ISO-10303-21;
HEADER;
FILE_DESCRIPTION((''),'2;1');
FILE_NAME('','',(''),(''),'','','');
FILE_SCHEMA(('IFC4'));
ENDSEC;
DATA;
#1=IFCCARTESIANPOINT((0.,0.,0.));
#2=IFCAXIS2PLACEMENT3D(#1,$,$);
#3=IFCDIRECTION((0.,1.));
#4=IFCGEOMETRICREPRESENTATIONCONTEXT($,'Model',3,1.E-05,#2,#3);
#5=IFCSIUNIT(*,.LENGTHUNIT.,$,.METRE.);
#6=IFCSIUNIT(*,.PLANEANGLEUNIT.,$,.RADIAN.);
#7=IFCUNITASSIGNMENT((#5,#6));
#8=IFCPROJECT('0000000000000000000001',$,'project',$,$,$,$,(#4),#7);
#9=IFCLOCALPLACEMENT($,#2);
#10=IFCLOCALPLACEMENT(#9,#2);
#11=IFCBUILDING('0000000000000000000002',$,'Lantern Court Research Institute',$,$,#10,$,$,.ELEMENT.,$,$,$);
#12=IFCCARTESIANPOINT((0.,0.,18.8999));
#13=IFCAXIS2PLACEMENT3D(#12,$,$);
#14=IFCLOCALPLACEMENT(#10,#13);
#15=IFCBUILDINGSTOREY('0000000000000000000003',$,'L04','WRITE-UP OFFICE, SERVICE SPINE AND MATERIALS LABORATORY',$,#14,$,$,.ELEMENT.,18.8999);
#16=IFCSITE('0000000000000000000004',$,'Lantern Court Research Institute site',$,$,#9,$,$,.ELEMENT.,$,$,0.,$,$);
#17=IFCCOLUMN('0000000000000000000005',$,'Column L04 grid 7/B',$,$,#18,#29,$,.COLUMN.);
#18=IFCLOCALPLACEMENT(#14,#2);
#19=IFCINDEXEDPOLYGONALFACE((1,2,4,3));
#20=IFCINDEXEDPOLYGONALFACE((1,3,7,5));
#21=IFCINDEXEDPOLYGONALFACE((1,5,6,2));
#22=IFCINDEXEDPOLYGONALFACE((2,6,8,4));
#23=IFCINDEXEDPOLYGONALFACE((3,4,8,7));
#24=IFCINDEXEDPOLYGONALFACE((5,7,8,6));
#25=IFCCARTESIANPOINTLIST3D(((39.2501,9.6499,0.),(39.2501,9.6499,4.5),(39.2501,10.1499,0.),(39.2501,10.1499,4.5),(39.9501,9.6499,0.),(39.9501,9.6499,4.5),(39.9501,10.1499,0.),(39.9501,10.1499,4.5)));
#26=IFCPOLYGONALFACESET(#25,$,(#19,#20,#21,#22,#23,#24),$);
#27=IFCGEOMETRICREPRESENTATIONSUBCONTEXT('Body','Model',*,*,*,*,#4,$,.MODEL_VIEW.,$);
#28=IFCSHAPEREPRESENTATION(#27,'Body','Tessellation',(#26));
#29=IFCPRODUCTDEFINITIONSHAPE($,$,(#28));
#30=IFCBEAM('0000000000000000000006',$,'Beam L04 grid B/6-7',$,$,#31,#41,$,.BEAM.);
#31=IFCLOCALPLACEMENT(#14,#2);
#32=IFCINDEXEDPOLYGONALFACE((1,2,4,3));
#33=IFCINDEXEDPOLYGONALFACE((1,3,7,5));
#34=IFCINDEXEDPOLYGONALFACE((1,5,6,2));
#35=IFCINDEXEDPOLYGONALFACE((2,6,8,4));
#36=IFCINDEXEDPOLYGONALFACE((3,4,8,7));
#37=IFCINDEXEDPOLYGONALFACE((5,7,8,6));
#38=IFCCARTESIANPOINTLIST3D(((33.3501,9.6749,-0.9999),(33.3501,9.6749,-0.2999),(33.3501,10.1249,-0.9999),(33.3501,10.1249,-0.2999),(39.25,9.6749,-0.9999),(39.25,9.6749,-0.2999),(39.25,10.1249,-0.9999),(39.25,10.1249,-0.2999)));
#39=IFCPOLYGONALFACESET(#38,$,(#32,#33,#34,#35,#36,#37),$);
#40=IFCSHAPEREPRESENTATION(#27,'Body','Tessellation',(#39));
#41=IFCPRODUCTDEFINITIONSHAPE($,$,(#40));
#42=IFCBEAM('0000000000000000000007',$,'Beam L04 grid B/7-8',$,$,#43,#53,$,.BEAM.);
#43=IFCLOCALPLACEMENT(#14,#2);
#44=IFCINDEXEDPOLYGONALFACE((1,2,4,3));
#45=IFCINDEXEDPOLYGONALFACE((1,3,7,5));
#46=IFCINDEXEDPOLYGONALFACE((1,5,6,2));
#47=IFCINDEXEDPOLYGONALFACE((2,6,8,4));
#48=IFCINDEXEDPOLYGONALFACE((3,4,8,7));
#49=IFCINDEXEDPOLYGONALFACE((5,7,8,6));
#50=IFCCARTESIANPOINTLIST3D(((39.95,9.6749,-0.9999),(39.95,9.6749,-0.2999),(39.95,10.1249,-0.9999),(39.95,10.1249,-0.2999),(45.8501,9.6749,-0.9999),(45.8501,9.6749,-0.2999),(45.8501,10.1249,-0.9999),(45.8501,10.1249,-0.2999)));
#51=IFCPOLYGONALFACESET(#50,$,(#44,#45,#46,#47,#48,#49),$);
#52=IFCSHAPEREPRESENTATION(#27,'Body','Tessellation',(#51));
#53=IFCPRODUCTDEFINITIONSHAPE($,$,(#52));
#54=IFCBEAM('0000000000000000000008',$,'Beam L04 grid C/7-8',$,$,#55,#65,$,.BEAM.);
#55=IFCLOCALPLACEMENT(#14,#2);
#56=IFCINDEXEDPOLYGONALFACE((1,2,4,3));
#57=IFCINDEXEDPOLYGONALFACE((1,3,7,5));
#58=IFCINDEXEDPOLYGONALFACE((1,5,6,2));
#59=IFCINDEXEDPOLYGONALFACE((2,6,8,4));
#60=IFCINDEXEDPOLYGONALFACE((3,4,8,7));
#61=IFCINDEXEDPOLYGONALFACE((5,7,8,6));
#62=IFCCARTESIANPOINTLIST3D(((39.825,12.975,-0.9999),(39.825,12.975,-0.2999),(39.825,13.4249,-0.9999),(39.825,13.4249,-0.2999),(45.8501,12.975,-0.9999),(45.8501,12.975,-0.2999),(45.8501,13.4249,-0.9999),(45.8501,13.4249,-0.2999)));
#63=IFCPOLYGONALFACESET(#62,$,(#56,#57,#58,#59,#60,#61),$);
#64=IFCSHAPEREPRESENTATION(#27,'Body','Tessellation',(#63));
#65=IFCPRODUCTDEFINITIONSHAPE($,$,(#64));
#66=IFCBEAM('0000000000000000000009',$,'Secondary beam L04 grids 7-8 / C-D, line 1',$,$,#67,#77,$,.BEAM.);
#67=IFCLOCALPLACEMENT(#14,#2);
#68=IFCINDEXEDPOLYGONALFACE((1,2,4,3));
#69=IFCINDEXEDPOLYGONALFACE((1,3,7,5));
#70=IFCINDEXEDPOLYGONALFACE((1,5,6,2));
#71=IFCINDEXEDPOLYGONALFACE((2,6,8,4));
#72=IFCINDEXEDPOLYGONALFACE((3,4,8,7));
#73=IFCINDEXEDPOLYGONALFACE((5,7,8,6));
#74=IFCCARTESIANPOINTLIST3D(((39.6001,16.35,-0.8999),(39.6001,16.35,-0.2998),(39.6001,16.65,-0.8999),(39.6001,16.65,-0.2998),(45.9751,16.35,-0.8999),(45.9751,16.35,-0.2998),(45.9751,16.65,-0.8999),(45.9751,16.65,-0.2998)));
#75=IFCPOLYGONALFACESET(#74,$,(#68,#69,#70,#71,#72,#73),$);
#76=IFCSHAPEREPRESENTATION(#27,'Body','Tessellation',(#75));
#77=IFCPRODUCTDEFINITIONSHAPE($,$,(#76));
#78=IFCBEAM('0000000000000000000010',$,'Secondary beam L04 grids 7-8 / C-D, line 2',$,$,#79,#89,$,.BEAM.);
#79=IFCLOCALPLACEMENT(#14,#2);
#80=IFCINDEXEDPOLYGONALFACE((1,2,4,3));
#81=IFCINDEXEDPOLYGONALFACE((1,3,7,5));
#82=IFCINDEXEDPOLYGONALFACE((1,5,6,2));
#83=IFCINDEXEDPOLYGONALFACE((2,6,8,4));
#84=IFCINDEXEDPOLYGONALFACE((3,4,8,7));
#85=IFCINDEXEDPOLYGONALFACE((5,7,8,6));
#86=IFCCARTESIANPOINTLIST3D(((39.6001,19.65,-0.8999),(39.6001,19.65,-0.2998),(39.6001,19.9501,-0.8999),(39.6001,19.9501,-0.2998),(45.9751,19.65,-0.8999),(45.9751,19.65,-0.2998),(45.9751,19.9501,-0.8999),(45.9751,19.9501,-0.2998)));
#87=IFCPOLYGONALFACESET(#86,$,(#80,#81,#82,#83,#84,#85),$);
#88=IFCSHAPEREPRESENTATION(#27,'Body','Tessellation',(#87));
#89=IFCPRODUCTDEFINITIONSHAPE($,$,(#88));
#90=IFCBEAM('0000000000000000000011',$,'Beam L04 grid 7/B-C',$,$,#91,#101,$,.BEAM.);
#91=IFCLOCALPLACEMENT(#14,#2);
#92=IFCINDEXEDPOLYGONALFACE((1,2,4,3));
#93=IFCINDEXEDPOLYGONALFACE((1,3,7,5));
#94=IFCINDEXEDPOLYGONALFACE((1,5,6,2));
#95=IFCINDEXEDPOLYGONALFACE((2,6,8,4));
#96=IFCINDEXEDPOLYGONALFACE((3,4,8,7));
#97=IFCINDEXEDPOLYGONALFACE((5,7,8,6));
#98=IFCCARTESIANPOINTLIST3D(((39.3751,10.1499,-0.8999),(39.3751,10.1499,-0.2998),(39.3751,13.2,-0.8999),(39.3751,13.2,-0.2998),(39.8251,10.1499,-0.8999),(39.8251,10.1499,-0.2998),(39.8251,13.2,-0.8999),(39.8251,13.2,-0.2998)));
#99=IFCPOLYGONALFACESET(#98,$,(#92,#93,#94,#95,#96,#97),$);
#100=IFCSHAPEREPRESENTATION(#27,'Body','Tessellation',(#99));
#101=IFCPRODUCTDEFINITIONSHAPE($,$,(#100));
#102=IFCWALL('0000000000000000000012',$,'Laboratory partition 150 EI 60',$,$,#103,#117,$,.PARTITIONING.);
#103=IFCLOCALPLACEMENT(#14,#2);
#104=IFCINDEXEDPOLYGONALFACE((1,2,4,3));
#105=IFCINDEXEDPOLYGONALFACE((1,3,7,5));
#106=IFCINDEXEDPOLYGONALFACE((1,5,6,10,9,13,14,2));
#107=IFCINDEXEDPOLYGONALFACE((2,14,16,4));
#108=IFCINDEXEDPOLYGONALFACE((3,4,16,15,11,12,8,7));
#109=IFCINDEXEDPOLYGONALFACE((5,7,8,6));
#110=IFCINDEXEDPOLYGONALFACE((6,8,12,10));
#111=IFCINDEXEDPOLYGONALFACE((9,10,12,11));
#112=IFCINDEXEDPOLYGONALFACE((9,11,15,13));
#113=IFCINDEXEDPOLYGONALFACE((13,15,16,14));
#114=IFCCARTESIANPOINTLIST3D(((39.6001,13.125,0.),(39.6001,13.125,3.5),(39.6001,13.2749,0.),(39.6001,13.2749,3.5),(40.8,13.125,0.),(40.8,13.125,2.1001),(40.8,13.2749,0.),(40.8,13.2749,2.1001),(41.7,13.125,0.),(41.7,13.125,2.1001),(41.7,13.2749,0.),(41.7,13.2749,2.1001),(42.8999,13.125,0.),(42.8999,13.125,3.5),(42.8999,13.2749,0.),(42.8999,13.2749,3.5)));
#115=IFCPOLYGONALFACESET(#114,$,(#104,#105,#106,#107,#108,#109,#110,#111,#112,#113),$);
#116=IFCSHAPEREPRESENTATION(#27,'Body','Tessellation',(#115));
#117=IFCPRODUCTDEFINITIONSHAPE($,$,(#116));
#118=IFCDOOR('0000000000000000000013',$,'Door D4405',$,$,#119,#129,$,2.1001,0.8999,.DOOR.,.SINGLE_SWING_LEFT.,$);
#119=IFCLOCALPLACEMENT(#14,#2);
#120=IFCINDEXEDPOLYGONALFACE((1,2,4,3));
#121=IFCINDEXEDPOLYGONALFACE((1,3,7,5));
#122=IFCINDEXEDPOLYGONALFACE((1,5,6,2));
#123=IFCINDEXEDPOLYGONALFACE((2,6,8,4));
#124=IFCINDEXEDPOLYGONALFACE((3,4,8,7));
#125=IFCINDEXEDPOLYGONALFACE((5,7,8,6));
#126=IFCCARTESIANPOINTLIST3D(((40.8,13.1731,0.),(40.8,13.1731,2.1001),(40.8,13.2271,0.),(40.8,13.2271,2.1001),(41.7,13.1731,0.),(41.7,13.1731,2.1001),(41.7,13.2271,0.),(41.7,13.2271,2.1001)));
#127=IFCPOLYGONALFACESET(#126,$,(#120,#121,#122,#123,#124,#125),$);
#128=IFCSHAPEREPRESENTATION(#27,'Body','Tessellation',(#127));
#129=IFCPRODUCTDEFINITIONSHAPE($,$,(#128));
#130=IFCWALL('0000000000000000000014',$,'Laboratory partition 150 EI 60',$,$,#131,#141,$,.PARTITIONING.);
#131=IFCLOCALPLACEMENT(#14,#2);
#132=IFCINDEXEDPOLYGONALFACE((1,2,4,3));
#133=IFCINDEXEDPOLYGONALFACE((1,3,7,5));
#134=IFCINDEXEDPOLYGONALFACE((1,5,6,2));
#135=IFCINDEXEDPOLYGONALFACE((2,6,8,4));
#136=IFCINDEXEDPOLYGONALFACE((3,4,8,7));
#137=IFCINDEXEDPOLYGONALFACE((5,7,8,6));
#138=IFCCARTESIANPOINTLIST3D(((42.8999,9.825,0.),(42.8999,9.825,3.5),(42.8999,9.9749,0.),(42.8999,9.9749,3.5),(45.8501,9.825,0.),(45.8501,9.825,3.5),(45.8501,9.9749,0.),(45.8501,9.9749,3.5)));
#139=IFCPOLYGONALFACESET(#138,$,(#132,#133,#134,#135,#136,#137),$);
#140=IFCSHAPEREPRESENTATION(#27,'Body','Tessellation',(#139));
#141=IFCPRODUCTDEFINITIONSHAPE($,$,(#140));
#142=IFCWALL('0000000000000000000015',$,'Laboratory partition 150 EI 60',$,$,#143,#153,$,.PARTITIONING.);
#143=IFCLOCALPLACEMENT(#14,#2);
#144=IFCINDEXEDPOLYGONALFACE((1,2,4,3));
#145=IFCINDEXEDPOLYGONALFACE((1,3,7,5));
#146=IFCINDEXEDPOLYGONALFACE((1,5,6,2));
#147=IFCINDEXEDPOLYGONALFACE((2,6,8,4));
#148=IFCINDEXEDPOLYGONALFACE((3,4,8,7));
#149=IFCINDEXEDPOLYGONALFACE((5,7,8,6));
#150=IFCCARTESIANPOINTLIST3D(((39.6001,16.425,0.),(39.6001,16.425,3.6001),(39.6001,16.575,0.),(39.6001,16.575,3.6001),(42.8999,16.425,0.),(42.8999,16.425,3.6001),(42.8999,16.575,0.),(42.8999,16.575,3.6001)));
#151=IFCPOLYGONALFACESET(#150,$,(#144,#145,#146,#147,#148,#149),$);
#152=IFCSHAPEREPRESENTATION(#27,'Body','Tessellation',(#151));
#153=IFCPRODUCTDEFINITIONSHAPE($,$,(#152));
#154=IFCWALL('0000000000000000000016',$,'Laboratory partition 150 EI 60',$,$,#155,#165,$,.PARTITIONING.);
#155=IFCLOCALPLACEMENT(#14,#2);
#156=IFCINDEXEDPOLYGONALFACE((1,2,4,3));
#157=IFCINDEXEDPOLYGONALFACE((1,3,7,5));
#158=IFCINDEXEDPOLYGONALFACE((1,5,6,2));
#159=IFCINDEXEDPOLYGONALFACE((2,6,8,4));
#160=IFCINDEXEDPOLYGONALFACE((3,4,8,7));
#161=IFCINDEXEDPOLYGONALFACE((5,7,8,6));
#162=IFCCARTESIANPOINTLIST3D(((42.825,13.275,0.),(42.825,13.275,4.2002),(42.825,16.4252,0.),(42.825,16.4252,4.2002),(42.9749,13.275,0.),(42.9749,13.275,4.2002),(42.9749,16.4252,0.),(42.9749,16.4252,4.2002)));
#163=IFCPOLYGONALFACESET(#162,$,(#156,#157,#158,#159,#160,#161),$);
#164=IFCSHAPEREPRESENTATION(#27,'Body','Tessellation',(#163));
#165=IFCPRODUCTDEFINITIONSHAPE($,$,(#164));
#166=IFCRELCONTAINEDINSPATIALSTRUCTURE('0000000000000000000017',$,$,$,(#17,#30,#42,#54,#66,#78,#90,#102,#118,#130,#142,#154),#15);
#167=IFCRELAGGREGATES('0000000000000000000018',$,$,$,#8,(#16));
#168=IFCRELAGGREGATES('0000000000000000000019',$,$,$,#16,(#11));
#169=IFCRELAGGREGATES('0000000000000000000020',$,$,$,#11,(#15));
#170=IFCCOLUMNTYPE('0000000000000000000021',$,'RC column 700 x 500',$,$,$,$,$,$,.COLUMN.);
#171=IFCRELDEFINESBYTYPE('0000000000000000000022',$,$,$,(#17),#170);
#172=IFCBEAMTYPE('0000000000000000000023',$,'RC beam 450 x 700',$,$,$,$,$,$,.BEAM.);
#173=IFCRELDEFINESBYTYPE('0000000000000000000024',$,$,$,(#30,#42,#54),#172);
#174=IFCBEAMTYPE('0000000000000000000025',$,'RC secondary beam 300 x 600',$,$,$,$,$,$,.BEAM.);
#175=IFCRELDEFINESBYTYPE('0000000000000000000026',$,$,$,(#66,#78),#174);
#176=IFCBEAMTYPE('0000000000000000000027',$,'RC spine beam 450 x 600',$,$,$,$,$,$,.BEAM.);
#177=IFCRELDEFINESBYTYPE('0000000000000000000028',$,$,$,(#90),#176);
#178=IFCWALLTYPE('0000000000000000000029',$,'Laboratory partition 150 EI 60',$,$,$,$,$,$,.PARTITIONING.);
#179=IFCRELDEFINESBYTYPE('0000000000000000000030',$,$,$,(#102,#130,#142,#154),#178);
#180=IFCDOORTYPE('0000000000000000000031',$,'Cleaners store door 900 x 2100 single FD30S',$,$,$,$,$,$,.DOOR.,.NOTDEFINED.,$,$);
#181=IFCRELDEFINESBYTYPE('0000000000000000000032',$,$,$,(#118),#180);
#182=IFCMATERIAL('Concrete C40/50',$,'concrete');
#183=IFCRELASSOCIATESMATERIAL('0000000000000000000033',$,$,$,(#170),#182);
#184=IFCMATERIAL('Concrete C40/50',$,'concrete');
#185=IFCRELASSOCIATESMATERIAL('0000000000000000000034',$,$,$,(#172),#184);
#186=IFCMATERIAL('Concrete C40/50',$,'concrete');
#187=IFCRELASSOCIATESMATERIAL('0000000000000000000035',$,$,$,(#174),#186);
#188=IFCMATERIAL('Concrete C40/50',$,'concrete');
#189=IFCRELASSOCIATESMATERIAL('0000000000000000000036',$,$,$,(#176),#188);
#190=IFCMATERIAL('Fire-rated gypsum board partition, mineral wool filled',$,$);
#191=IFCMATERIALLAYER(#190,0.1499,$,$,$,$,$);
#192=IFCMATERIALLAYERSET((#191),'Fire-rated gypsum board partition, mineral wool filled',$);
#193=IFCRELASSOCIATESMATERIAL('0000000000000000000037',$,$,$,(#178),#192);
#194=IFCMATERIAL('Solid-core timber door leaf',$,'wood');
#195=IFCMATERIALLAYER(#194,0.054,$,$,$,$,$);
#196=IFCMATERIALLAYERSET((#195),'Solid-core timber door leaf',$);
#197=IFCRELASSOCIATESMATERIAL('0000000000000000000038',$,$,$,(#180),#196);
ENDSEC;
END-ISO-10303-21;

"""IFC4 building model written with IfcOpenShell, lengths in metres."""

from ifc_helpers import new_model, si_unit, direction, frame, frame_2d, origin, origin_2d, place, context, subcontext, project, spatial, rectangle, extrude, material, layer, layer_set, material_profile, profile_set, type_object, element, fill, save


model = new_model("IFC4")

# Units and contexts
model_context = context("Model", 3, precision=1e-05, world=origin(), true_north=direction((0.0, 1.0)))
body_context = subcontext(model_context, "Body", "Model", "MODEL_VIEW")
ifc_project = project(units=[si_unit("LENGTHUNIT", "METRE"), si_unit("PLANEANGLEUNIT", "RADIAN")], contexts=[model_context])

# Site, building, storey
site_placement = place(None, origin())
site = spatial("IfcSite", under=ifc_project, at=site_placement, Name="Lantern Court Research Institute site", CompositionType="ELEMENT", RefElevation=0.0)
building_placement = place(site_placement, origin())
building = spatial("IfcBuilding", under=site, at=building_placement, Name="Lantern Court Research Institute", CompositionType="ELEMENT")
storey_placement = place(building_placement, frame((0.0, 0.0, 18.8999)))
storey = spatial("IfcBuildingStorey", under=building, at=storey_placement, Name="L04", Description="WRITE-UP OFFICE, SERVICE SPINE AND MATERIALS LABORATORY", CompositionType="ELEMENT", Elevation=18.8999)

# Column
ifc_material_1 = material(Name="Concrete C40/50", Category="concrete")
ifc_material_profile_1 = material_profile(ifc_material_1, rectangle(XDim=0.7, YDim=0.5, at=origin_2d()), Name="RC column 700 x 500")
ifc_profile_set_1 = profile_set([ifc_material_profile_1], Name="Concrete C40/50")
column_type = type_object("IfcColumnType", Name="RC column 700 x 500", PredefinedType="COLUMN", material=ifc_profile_set_1)
column_placement = place(storey_placement, frame((39.6001, 9.8999, 0.0), z_axis=(0.0, 0.0, 1.0), x_axis=(1.0, 0.0, 0.0)))
element("IfcColumn", 1, at=column_placement, inside=storey, type_object=column_type, Name="Column L04 grid 7/B", PredefinedType="COLUMN", context=body_context, shape_type="SweptSolid", body=[
    extrude(rectangle(XDim=0.7, YDim=0.5, at=origin_2d()), origin(), (0.0, 0.0, 1.0), 4.5),
])

# Beams
ifc_material_2 = material(Name="Concrete C40/50", Category="concrete")
ifc_material_profile_2 = material_profile(ifc_material_2, rectangle(XDim=0.45, YDim=0.7, at=origin_2d()), Name="RC beam 450 x 700")
ifc_profile_set_2 = profile_set([ifc_material_profile_2], Name="Concrete C40/50")
beam_type_1 = type_object("IfcBeamType", Name="RC beam 450 x 700", PredefinedType="BEAM", material=ifc_profile_set_2)
beam_1_placement = place(storey_placement, frame((33.3501, 9.8999, -0.6499), z_axis=(1.0, 0.0, 0.0), x_axis=(0.0, 1.0, 0.0)))
element("IfcBeam", 2, at=beam_1_placement, inside=storey, type_object=beam_type_1, Name="Beam L04 grid B/6-7", PredefinedType="BEAM", context=body_context, shape_type="SweptSolid", body=[
    extrude(rectangle(XDim=0.45, YDim=0.7, at=origin_2d()), origin(), (0.0, 0.0, 1.0), 5.8999),
])
beam_2_placement = place(storey_placement, frame((39.95, 9.8999, -0.6499), z_axis=(1.0, 0.0, 0.0), x_axis=(0.0, 1.0, 0.0)))
element("IfcBeam", 3, at=beam_2_placement, inside=storey, type_object=beam_type_1, Name="Beam L04 grid B/7-8", PredefinedType="BEAM", context=body_context, shape_type="SweptSolid", body=[
    extrude(rectangle(XDim=0.45, YDim=0.7, at=origin_2d()), origin(), (0.0, 0.0, 1.0), 5.9001),
])
beam_3_placement = place(storey_placement, frame((39.825, 13.2, -0.6499), z_axis=(1.0, 0.0, 0.0), x_axis=(0.0, 1.0, 0.0)))
element("IfcBeam", 4, at=beam_3_placement, inside=storey, type_object=beam_type_1, Name="Beam L04 grid C/7-8", PredefinedType="BEAM", context=body_context, shape_type="SweptSolid", body=[
    extrude(rectangle(XDim=0.45, YDim=0.7, at=origin_2d()), origin(), (0.0, 0.0, 1.0), 6.0251),
])
ifc_material_3 = material(Name="Concrete C40/50", Category="concrete")
ifc_material_profile_3 = material_profile(ifc_material_3, rectangle(XDim=0.3, YDim=0.6001, at=origin_2d()), Name="RC beam 300 x 600")
ifc_profile_set_3 = profile_set([ifc_material_profile_3], Name="Concrete C40/50")
beam_type_2 = type_object("IfcBeamType", Name="RC secondary beam 300 x 600", PredefinedType="BEAM", material=ifc_profile_set_3)
for number, where, z_axis, x_axis, name in (
    (5, (39.6001, 16.5, -0.5999), (1.0, 0.0, 0.0), (0.0, 1.0, 0.0), "Secondary beam L04 grids 7-8 / C-D, line 1"),
    (6, (39.6001, 19.8, -0.5999), (1.0, 0.0, 0.0), (0.0, 1.0, 0.0), "Secondary beam L04 grids 7-8 / C-D, line 2"),
):
    element("IfcBeam", number, at=place(storey_placement, frame(where, z_axis=z_axis, x_axis=x_axis)), inside=storey, type_object=beam_type_2, Name=name, PredefinedType="BEAM", context=body_context, shape_type="SweptSolid", body=[
        extrude(rectangle(XDim=0.3, YDim=0.6001, at=origin_2d()), origin(), (0.0, 0.0, 1.0), 6.375),
    ])
ifc_material_4 = material(Name="Concrete C40/50", Category="concrete")
ifc_material_profile_4 = material_profile(ifc_material_4, rectangle(XDim=0.45, YDim=0.6001, at=origin_2d()), Name="RC beam 450 x 600")
ifc_profile_set_4 = profile_set([ifc_material_profile_4], Name="Concrete C40/50")
beam_type_3 = type_object("IfcBeamType", Name="RC spine beam 450 x 600", PredefinedType="BEAM", material=ifc_profile_set_4)
beam_4_placement = place(storey_placement, frame((39.6001, 10.1499, -0.5999), z_axis=(0.0, 1.0, 0.0), x_axis=(-1.0, 0.0, 0.0)))
element("IfcBeam", 7, at=beam_4_placement, inside=storey, type_object=beam_type_3, Name="Beam L04 grid 7/B-C", PredefinedType="BEAM", context=body_context, shape_type="SweptSolid", body=[
    extrude(rectangle(XDim=0.45, YDim=0.6001, at=origin_2d()), origin(), (0.0, 0.0, 1.0), 3.05),
])

# Wall, opening, door
ifc_material_5 = material(Name="Fire-rated gypsum board partition, mineral wool filled")
ifc_layer_1 = layer(ifc_material_5, 0.1499)
ifc_layer_set_1 = layer_set([ifc_layer_1], Name="Fire-rated gypsum board partition, mineral wool filled")
wall_type_1 = type_object("IfcWallType", Name="Laboratory partition 150 EI 60", PredefinedType="PARTITIONING", material=ifc_layer_set_1)
wall_1_placement = place(storey_placement, frame((42.8999, 13.2, 0.0), z_axis=(0.0, 0.0, 1.0), x_axis=(-1.0, 0.0, 0.0)))
wall_1 = element("IfcWall", 8, at=wall_1_placement, inside=storey, type_object=wall_type_1, Name="Laboratory partition 150 EI 60", PredefinedType="PARTITIONING", context=body_context, shape_type="SweptSolid", body=[
    extrude(rectangle(XDim=3.2998, YDim=0.1499, at=frame_2d((1.6499, 0.0))), origin(), (0.0, 0.0, 1.0), 3.5),
])
opening_1_placement = place(wall_1_placement, frame((1.2, 0.0, 0.0)))
opening_1 = element("IfcOpeningElement", 9, at=opening_1_placement, cuts=wall_1, PredefinedType="OPENING", context=body_context, shape_type="SweptSolid", body=[
    extrude(rectangle(XDim=0.8999, YDim=2.1001, at=frame_2d((0.45, 1.05))), frame((0.0, 0.085, 0.0), z_axis=(0.0, -1.0, 0.0), x_axis=(1.0, 0.0, 0.0)), (0.0, 0.0, 1.0), 0.1699),
])
ifc_material_6 = material(Name="Solid-core timber door leaf", Category="wood")
ifc_layer_2 = layer(ifc_material_6, 0.054)
ifc_layer_set_2 = layer_set([ifc_layer_2], Name="Solid-core timber door leaf")
door_type_1 = type_object("IfcDoorType", Name="Cleaners store door 900 x 2100 single FD30S", OperationType="NOTDEFINED", PredefinedType="DOOR", material=ifc_layer_set_2)
door_1_placement = place(opening_1_placement, origin())
door_1 = element("IfcDoor", 10, at=door_1_placement, inside=storey, type_object=door_type_1, Name="Door D4405", OperationType="SINGLE_SWING_LEFT", OverallHeight=2.1001, OverallWidth=0.8999, PredefinedType="DOOR", context=body_context, shape_type="SweptSolid", body=[
    extrude(rectangle(XDim=0.8999, YDim=2.1001, at=frame_2d((0.45, 1.05))), frame((0.0, 0.0269, 0.0), z_axis=(0.0, -1.0, 0.0), x_axis=(1.0, 0.0, 0.0)), (0.0, 0.0, 1.0), 0.054),
])
fill(opening_1, door_1)

# Walls
wall_2_placement = place(storey_placement, frame((42.8999, 9.8999, 0.0), z_axis=(0.0, 0.0, 1.0), x_axis=(1.0, 0.0, 0.0)))
element("IfcWall", 11, at=wall_2_placement, inside=storey, type_object=wall_type_1, Name="Laboratory partition 150 EI 60", PredefinedType="PARTITIONING", context=body_context, shape_type="SweptSolid", body=[
    extrude(rectangle(XDim=2.9502, YDim=0.1499, at=frame_2d((1.4751, 0.0))), origin(), (0.0, 0.0, 1.0), 3.5),
])
wall_3_placement = place(storey_placement, frame((42.8999, 16.5, 0.0), z_axis=(0.0, 0.0, 1.0), x_axis=(-1.0, 0.0, 0.0)))
element("IfcWall", 12, at=wall_3_placement, inside=storey, type_object=wall_type_1, Name="Laboratory partition 150 EI 60", PredefinedType="PARTITIONING", context=body_context, shape_type="SweptSolid", body=[
    extrude(rectangle(XDim=3.2998, YDim=0.1499, at=frame_2d((1.6499, 0.0))), origin(), (0.0, 0.0, 1.0), 3.6001),
])
wall_4_placement = place(storey_placement, frame((42.8999, 13.2749, 0.0), z_axis=(0.0, 0.0, 1.0), x_axis=(0.0, 1.0, 0.0)))
element("IfcWall", 13, at=wall_4_placement, inside=storey, type_object=wall_type_1, Name="Laboratory partition 150 EI 60", PredefinedType="PARTITIONING", context=body_context, shape_type="SweptSolid", body=[
    extrude(rectangle(XDim=3.1501, YDim=0.1499, at=frame_2d((1.5752, 0.0))), origin(), (0.0, 0.0, 1.0), 4.2002),
])

save(model, "model.ifc")
